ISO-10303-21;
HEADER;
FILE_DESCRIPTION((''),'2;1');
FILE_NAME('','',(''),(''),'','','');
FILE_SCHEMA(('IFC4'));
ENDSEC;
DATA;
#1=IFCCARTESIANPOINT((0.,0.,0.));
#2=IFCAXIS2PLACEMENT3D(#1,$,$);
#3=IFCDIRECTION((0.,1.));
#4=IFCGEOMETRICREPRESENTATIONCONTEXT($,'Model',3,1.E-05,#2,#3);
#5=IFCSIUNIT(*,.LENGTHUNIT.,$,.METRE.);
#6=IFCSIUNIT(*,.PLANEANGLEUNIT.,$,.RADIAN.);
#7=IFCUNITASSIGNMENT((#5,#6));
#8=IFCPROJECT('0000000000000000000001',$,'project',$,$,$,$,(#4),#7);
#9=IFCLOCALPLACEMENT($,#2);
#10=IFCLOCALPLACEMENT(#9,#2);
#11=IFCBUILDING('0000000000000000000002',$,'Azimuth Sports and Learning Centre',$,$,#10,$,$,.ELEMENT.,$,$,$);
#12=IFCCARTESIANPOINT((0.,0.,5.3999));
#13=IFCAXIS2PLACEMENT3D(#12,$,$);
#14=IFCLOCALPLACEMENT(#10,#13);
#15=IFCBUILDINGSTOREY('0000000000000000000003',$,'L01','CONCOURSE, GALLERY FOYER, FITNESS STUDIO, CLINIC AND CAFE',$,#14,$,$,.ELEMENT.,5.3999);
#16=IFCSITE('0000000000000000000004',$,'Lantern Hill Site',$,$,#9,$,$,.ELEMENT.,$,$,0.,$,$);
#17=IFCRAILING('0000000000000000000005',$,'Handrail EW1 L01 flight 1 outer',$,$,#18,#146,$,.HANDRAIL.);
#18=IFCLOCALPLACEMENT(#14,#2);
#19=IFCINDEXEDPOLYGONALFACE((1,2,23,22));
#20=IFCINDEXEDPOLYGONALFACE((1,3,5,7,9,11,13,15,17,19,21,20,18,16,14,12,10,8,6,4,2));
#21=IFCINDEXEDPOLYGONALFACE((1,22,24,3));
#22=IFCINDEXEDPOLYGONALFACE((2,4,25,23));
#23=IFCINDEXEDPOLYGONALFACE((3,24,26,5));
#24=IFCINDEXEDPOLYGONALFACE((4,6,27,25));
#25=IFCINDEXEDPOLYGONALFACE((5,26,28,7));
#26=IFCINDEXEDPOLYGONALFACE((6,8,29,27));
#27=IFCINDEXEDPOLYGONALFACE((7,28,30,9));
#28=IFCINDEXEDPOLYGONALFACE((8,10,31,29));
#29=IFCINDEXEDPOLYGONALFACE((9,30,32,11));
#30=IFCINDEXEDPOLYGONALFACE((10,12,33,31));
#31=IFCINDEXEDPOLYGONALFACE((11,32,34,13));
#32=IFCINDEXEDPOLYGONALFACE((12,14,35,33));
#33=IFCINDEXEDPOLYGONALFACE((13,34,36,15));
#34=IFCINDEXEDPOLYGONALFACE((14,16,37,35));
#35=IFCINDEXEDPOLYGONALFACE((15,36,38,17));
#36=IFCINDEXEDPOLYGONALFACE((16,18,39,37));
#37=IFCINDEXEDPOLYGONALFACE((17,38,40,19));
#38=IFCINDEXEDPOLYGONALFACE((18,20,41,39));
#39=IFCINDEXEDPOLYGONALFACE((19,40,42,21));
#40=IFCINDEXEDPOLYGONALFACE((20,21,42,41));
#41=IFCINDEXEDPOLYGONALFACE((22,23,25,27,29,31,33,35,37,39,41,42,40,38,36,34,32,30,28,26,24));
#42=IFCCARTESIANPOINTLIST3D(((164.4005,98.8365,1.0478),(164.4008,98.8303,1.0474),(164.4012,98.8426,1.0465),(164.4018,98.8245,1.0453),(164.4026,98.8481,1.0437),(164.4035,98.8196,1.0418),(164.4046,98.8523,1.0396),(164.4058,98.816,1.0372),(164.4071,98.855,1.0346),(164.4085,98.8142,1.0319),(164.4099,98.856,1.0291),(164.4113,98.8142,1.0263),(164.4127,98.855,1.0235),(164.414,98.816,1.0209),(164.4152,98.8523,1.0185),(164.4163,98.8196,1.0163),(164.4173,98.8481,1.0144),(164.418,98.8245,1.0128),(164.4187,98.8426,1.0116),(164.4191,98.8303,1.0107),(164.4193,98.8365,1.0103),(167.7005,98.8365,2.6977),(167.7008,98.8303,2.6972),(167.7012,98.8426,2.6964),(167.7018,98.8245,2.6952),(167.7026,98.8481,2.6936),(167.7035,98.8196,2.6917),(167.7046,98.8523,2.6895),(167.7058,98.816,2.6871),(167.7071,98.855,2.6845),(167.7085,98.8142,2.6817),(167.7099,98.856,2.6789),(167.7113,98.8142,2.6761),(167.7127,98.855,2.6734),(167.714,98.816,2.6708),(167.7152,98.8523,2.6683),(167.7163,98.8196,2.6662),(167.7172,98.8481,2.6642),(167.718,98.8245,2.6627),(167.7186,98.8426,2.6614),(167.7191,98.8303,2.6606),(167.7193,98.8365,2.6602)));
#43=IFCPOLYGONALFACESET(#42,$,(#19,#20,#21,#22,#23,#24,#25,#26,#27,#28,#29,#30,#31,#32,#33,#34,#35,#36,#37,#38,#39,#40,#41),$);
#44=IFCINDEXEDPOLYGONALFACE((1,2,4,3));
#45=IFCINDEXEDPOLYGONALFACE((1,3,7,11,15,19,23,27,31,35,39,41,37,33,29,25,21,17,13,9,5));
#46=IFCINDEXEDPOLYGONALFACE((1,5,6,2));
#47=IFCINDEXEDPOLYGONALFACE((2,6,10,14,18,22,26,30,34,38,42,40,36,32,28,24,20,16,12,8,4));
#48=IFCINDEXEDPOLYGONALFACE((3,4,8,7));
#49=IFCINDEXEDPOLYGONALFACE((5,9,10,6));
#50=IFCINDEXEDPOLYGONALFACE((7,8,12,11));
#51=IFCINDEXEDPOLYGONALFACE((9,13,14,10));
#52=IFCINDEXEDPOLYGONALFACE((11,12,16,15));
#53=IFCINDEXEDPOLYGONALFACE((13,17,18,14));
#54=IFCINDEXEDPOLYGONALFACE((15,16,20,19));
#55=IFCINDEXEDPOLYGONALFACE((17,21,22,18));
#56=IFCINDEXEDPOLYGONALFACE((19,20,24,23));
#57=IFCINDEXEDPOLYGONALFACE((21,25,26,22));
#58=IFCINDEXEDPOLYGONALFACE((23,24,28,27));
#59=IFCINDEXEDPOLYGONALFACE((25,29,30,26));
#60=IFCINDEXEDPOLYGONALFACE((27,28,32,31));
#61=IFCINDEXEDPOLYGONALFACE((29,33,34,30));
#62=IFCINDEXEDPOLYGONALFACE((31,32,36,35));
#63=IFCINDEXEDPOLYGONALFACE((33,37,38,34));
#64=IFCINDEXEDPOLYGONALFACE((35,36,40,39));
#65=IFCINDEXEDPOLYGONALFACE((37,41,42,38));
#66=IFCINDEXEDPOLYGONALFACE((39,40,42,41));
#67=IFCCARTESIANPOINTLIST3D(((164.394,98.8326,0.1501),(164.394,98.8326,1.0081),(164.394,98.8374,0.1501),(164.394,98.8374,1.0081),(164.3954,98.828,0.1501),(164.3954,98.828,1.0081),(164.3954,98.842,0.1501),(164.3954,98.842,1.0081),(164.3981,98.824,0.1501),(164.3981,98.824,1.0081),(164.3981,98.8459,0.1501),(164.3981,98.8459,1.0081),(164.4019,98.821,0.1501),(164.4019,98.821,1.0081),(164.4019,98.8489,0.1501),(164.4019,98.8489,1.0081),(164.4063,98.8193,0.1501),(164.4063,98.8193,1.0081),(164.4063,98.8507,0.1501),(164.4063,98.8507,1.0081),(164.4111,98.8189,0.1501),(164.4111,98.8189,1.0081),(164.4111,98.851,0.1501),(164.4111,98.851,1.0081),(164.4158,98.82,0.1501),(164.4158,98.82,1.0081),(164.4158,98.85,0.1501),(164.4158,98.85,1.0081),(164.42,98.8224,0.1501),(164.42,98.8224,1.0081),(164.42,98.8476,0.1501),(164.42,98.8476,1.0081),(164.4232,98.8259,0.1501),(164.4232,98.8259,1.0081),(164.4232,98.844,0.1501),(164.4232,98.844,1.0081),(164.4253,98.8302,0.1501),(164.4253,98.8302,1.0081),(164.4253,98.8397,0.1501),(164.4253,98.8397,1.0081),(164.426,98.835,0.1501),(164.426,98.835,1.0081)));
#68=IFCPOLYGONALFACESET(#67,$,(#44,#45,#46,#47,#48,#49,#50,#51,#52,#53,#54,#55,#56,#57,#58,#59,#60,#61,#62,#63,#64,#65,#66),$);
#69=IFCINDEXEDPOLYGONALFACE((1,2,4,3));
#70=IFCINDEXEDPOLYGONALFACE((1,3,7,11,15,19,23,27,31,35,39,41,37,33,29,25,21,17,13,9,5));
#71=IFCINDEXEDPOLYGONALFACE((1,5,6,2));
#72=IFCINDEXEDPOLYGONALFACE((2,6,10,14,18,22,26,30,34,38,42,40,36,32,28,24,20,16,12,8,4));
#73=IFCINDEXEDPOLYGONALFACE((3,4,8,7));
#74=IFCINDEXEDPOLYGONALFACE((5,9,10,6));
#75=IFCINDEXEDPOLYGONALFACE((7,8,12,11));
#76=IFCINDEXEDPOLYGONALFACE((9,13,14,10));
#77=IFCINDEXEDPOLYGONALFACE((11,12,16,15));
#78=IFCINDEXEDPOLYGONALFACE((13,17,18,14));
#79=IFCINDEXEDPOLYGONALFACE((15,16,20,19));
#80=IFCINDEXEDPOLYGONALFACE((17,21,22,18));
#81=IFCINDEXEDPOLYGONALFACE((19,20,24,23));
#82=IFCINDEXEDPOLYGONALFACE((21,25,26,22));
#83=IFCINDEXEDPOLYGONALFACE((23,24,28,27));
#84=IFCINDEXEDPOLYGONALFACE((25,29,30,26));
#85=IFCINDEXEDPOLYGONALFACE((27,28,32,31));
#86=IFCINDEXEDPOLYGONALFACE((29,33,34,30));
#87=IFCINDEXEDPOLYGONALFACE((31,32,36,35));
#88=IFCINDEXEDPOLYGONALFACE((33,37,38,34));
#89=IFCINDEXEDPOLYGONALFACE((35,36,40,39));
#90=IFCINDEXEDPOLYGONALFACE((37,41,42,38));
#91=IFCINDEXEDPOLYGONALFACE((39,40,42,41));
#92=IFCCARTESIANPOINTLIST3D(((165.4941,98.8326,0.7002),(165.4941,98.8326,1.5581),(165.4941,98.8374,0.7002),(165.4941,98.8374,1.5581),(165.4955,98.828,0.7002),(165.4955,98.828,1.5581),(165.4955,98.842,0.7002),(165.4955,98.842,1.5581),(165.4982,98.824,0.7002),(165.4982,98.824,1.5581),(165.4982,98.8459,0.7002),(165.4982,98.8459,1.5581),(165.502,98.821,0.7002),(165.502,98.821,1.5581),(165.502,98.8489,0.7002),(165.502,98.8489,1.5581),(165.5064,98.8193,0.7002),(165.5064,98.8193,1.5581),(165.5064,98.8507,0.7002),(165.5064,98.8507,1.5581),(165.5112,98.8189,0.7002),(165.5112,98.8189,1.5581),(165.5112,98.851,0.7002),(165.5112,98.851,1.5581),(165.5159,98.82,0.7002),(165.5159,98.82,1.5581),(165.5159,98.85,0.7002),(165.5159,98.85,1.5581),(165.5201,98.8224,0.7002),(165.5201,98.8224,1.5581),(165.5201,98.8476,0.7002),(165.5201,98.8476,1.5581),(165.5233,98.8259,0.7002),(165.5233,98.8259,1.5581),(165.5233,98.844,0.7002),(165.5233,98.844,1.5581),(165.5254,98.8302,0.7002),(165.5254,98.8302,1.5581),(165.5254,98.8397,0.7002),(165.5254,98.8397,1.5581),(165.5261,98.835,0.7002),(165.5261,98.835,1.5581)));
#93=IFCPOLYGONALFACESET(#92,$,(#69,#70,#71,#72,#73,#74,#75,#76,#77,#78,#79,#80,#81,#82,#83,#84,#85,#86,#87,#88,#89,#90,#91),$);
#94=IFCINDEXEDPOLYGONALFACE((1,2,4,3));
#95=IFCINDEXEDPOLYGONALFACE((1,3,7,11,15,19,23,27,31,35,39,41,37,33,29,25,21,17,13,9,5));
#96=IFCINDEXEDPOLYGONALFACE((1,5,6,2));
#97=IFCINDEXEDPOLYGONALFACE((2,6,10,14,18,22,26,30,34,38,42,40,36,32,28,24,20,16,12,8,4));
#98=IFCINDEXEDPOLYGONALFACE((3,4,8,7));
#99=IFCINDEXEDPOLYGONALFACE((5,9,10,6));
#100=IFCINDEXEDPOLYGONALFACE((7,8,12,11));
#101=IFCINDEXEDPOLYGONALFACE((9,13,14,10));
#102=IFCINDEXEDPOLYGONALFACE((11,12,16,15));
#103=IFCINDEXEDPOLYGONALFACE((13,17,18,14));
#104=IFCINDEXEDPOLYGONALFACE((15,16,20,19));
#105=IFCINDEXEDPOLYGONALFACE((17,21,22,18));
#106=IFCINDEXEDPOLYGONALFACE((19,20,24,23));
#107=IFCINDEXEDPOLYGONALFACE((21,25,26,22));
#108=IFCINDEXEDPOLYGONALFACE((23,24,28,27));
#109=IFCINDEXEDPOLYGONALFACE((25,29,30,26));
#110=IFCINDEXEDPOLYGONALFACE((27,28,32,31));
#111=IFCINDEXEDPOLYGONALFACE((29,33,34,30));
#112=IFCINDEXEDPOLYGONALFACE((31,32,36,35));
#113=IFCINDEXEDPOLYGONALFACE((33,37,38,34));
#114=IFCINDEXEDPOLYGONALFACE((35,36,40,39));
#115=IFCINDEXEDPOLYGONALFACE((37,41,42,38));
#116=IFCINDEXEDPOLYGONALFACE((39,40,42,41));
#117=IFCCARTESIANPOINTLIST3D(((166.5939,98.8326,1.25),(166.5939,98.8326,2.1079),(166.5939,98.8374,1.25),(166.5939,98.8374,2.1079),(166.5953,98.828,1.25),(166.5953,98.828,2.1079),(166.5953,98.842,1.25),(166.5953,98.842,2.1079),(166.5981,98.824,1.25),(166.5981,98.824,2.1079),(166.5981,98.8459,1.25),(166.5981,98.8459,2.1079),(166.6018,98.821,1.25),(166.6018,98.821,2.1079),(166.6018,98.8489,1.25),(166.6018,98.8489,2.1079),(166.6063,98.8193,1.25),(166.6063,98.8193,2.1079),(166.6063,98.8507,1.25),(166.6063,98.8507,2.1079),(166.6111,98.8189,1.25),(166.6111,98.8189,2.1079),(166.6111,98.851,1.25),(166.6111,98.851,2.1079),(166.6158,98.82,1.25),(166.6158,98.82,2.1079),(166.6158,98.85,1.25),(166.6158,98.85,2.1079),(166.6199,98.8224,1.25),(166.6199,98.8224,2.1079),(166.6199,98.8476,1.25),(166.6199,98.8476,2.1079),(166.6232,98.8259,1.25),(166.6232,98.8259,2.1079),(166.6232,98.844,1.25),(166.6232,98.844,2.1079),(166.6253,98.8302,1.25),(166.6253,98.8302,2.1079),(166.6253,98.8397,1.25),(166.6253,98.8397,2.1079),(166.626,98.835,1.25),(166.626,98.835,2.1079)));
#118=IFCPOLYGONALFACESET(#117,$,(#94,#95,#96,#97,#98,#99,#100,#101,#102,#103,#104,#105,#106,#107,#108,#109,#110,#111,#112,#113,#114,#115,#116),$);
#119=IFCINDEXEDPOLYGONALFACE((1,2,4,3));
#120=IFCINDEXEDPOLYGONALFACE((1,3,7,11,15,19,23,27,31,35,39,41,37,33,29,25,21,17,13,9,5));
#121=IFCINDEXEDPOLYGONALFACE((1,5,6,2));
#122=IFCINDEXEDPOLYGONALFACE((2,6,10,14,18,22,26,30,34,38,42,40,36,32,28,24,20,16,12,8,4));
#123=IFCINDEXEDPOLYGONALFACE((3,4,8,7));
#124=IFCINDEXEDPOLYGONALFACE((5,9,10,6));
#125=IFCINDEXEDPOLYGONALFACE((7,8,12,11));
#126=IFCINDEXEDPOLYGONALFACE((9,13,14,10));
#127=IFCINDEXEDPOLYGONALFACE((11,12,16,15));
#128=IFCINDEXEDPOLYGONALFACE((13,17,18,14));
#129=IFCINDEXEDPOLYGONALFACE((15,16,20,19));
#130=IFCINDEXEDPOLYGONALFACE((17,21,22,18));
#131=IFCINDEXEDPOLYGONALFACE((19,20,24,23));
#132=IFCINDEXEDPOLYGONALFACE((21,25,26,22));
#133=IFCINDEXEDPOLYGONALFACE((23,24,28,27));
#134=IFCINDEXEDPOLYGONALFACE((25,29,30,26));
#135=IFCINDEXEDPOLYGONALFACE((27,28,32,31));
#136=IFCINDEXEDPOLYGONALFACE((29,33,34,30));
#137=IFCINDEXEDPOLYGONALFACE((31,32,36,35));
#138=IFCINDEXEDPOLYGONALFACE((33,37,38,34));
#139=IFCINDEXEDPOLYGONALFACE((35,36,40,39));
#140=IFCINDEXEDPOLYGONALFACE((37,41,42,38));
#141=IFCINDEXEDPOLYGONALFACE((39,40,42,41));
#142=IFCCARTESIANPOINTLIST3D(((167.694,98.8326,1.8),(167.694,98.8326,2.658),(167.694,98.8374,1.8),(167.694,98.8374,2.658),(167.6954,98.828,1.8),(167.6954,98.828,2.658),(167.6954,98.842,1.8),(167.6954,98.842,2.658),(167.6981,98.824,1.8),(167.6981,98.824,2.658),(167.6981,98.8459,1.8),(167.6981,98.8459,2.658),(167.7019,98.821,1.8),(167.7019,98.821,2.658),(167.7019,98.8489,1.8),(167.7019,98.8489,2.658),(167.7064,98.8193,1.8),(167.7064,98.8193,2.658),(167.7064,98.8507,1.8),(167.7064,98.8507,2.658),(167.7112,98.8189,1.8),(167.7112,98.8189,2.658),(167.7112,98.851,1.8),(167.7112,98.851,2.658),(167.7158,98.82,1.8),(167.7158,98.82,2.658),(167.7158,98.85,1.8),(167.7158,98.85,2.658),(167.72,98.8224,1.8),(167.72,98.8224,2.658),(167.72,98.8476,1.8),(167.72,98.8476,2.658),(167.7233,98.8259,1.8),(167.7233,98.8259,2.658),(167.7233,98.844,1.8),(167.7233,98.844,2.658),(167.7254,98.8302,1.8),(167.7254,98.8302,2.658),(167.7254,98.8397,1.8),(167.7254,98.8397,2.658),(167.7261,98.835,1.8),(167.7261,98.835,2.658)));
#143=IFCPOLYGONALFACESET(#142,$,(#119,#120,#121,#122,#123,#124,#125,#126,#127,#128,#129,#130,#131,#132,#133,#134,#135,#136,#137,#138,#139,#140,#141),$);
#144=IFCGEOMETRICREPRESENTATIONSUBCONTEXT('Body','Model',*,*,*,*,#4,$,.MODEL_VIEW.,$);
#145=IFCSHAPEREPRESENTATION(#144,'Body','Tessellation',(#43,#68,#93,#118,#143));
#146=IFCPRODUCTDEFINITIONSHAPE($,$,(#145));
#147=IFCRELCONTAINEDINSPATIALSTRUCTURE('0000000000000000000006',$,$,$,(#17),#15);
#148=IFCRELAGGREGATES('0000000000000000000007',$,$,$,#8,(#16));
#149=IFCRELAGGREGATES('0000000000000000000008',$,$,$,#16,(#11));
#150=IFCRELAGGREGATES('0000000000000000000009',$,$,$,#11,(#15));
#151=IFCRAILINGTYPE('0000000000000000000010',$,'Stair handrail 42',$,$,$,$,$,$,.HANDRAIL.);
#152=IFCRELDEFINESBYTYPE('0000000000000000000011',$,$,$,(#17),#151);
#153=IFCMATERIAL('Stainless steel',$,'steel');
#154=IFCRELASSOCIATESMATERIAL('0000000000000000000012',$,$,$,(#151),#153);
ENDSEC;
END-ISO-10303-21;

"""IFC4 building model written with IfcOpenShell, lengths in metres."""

from ifc_helpers import new_model, si_unit, direction, frame, origin, origin_2d, place, context, subcontext, project, spatial, circle, extrude, material, type_object, element, save


model = new_model("IFC4")

# Units and contexts
model_context = context("Model", 3, precision=1e-05, world=origin(), true_north=direction((0.0, 1.0)))
body_context = subcontext(model_context, "Body", "Model", "MODEL_VIEW")
ifc_project = project(units=[si_unit("LENGTHUNIT", "METRE"), si_unit("PLANEANGLEUNIT", "RADIAN")], contexts=[model_context])

# Site, building, storey
site_placement = place(None, origin())
site = spatial("IfcSite", under=ifc_project, at=site_placement, Name="Lantern Hill Site", CompositionType="ELEMENT", RefElevation=0.0)
building_placement = place(site_placement, origin())
building = spatial("IfcBuilding", under=site, at=building_placement, Name="Azimuth Sports and Learning Centre", CompositionType="ELEMENT")
storey_placement = place(building_placement, frame((0.0, 0.0, 5.3999)))
storey = spatial("IfcBuildingStorey", under=building, at=storey_placement, Name="L01", Description="CONCOURSE, GALLERY FOYER, FITNESS STUDIO, CLINIC AND CAFE", CompositionType="ELEMENT", Elevation=5.3999)

# Railing
ifc_material_1 = material(Name="Stainless steel", Category="steel")
railing_type = type_object("IfcRailingType", Name="Stair handrail 42", PredefinedType="HANDRAIL", material=ifc_material_1)
for number, where, name in (
    (1, (164.4099, 98.835, 0.1501), "Handrail EW1 L01 flight 1 outer"),
):
    element("IfcRailing", number, at=place(storey_placement, frame(where)), inside=storey, type_object=railing_type, Name=name, PredefinedType="HANDRAIL", context=body_context, shape_type="SweptSolid", body=[
        extrude(circle(Radius=0.021, at=origin_2d()), frame((0.0, 0.0, 0.8789), z_axis=(0.89444, 0.0, 0.447187), x_axis=(0.0, 1.0, 0.0)), (0.0, 0.0, 1.0), 3.6895),
        extrude(circle(Radius=0.0161, at=origin_2d()), origin(), (0.0, 0.0, 1.0), 0.8579),
        extrude(circle(Radius=0.0161, at=origin_2d()), frame((1.1001, 0.0, 0.55)), (0.0, 0.0, 1.0), 0.8579),
        extrude(circle(Radius=0.0161, at=origin_2d()), frame((2.2, 0.0, 1.0999)), (0.0, 0.0, 1.0), 0.8579),
        extrude(circle(Radius=0.0161, at=origin_2d()), frame((3.3, 0.0, 1.6499)), (0.0, 0.0, 1.0), 0.8579),
    ])

save(model, "model.ifc")
